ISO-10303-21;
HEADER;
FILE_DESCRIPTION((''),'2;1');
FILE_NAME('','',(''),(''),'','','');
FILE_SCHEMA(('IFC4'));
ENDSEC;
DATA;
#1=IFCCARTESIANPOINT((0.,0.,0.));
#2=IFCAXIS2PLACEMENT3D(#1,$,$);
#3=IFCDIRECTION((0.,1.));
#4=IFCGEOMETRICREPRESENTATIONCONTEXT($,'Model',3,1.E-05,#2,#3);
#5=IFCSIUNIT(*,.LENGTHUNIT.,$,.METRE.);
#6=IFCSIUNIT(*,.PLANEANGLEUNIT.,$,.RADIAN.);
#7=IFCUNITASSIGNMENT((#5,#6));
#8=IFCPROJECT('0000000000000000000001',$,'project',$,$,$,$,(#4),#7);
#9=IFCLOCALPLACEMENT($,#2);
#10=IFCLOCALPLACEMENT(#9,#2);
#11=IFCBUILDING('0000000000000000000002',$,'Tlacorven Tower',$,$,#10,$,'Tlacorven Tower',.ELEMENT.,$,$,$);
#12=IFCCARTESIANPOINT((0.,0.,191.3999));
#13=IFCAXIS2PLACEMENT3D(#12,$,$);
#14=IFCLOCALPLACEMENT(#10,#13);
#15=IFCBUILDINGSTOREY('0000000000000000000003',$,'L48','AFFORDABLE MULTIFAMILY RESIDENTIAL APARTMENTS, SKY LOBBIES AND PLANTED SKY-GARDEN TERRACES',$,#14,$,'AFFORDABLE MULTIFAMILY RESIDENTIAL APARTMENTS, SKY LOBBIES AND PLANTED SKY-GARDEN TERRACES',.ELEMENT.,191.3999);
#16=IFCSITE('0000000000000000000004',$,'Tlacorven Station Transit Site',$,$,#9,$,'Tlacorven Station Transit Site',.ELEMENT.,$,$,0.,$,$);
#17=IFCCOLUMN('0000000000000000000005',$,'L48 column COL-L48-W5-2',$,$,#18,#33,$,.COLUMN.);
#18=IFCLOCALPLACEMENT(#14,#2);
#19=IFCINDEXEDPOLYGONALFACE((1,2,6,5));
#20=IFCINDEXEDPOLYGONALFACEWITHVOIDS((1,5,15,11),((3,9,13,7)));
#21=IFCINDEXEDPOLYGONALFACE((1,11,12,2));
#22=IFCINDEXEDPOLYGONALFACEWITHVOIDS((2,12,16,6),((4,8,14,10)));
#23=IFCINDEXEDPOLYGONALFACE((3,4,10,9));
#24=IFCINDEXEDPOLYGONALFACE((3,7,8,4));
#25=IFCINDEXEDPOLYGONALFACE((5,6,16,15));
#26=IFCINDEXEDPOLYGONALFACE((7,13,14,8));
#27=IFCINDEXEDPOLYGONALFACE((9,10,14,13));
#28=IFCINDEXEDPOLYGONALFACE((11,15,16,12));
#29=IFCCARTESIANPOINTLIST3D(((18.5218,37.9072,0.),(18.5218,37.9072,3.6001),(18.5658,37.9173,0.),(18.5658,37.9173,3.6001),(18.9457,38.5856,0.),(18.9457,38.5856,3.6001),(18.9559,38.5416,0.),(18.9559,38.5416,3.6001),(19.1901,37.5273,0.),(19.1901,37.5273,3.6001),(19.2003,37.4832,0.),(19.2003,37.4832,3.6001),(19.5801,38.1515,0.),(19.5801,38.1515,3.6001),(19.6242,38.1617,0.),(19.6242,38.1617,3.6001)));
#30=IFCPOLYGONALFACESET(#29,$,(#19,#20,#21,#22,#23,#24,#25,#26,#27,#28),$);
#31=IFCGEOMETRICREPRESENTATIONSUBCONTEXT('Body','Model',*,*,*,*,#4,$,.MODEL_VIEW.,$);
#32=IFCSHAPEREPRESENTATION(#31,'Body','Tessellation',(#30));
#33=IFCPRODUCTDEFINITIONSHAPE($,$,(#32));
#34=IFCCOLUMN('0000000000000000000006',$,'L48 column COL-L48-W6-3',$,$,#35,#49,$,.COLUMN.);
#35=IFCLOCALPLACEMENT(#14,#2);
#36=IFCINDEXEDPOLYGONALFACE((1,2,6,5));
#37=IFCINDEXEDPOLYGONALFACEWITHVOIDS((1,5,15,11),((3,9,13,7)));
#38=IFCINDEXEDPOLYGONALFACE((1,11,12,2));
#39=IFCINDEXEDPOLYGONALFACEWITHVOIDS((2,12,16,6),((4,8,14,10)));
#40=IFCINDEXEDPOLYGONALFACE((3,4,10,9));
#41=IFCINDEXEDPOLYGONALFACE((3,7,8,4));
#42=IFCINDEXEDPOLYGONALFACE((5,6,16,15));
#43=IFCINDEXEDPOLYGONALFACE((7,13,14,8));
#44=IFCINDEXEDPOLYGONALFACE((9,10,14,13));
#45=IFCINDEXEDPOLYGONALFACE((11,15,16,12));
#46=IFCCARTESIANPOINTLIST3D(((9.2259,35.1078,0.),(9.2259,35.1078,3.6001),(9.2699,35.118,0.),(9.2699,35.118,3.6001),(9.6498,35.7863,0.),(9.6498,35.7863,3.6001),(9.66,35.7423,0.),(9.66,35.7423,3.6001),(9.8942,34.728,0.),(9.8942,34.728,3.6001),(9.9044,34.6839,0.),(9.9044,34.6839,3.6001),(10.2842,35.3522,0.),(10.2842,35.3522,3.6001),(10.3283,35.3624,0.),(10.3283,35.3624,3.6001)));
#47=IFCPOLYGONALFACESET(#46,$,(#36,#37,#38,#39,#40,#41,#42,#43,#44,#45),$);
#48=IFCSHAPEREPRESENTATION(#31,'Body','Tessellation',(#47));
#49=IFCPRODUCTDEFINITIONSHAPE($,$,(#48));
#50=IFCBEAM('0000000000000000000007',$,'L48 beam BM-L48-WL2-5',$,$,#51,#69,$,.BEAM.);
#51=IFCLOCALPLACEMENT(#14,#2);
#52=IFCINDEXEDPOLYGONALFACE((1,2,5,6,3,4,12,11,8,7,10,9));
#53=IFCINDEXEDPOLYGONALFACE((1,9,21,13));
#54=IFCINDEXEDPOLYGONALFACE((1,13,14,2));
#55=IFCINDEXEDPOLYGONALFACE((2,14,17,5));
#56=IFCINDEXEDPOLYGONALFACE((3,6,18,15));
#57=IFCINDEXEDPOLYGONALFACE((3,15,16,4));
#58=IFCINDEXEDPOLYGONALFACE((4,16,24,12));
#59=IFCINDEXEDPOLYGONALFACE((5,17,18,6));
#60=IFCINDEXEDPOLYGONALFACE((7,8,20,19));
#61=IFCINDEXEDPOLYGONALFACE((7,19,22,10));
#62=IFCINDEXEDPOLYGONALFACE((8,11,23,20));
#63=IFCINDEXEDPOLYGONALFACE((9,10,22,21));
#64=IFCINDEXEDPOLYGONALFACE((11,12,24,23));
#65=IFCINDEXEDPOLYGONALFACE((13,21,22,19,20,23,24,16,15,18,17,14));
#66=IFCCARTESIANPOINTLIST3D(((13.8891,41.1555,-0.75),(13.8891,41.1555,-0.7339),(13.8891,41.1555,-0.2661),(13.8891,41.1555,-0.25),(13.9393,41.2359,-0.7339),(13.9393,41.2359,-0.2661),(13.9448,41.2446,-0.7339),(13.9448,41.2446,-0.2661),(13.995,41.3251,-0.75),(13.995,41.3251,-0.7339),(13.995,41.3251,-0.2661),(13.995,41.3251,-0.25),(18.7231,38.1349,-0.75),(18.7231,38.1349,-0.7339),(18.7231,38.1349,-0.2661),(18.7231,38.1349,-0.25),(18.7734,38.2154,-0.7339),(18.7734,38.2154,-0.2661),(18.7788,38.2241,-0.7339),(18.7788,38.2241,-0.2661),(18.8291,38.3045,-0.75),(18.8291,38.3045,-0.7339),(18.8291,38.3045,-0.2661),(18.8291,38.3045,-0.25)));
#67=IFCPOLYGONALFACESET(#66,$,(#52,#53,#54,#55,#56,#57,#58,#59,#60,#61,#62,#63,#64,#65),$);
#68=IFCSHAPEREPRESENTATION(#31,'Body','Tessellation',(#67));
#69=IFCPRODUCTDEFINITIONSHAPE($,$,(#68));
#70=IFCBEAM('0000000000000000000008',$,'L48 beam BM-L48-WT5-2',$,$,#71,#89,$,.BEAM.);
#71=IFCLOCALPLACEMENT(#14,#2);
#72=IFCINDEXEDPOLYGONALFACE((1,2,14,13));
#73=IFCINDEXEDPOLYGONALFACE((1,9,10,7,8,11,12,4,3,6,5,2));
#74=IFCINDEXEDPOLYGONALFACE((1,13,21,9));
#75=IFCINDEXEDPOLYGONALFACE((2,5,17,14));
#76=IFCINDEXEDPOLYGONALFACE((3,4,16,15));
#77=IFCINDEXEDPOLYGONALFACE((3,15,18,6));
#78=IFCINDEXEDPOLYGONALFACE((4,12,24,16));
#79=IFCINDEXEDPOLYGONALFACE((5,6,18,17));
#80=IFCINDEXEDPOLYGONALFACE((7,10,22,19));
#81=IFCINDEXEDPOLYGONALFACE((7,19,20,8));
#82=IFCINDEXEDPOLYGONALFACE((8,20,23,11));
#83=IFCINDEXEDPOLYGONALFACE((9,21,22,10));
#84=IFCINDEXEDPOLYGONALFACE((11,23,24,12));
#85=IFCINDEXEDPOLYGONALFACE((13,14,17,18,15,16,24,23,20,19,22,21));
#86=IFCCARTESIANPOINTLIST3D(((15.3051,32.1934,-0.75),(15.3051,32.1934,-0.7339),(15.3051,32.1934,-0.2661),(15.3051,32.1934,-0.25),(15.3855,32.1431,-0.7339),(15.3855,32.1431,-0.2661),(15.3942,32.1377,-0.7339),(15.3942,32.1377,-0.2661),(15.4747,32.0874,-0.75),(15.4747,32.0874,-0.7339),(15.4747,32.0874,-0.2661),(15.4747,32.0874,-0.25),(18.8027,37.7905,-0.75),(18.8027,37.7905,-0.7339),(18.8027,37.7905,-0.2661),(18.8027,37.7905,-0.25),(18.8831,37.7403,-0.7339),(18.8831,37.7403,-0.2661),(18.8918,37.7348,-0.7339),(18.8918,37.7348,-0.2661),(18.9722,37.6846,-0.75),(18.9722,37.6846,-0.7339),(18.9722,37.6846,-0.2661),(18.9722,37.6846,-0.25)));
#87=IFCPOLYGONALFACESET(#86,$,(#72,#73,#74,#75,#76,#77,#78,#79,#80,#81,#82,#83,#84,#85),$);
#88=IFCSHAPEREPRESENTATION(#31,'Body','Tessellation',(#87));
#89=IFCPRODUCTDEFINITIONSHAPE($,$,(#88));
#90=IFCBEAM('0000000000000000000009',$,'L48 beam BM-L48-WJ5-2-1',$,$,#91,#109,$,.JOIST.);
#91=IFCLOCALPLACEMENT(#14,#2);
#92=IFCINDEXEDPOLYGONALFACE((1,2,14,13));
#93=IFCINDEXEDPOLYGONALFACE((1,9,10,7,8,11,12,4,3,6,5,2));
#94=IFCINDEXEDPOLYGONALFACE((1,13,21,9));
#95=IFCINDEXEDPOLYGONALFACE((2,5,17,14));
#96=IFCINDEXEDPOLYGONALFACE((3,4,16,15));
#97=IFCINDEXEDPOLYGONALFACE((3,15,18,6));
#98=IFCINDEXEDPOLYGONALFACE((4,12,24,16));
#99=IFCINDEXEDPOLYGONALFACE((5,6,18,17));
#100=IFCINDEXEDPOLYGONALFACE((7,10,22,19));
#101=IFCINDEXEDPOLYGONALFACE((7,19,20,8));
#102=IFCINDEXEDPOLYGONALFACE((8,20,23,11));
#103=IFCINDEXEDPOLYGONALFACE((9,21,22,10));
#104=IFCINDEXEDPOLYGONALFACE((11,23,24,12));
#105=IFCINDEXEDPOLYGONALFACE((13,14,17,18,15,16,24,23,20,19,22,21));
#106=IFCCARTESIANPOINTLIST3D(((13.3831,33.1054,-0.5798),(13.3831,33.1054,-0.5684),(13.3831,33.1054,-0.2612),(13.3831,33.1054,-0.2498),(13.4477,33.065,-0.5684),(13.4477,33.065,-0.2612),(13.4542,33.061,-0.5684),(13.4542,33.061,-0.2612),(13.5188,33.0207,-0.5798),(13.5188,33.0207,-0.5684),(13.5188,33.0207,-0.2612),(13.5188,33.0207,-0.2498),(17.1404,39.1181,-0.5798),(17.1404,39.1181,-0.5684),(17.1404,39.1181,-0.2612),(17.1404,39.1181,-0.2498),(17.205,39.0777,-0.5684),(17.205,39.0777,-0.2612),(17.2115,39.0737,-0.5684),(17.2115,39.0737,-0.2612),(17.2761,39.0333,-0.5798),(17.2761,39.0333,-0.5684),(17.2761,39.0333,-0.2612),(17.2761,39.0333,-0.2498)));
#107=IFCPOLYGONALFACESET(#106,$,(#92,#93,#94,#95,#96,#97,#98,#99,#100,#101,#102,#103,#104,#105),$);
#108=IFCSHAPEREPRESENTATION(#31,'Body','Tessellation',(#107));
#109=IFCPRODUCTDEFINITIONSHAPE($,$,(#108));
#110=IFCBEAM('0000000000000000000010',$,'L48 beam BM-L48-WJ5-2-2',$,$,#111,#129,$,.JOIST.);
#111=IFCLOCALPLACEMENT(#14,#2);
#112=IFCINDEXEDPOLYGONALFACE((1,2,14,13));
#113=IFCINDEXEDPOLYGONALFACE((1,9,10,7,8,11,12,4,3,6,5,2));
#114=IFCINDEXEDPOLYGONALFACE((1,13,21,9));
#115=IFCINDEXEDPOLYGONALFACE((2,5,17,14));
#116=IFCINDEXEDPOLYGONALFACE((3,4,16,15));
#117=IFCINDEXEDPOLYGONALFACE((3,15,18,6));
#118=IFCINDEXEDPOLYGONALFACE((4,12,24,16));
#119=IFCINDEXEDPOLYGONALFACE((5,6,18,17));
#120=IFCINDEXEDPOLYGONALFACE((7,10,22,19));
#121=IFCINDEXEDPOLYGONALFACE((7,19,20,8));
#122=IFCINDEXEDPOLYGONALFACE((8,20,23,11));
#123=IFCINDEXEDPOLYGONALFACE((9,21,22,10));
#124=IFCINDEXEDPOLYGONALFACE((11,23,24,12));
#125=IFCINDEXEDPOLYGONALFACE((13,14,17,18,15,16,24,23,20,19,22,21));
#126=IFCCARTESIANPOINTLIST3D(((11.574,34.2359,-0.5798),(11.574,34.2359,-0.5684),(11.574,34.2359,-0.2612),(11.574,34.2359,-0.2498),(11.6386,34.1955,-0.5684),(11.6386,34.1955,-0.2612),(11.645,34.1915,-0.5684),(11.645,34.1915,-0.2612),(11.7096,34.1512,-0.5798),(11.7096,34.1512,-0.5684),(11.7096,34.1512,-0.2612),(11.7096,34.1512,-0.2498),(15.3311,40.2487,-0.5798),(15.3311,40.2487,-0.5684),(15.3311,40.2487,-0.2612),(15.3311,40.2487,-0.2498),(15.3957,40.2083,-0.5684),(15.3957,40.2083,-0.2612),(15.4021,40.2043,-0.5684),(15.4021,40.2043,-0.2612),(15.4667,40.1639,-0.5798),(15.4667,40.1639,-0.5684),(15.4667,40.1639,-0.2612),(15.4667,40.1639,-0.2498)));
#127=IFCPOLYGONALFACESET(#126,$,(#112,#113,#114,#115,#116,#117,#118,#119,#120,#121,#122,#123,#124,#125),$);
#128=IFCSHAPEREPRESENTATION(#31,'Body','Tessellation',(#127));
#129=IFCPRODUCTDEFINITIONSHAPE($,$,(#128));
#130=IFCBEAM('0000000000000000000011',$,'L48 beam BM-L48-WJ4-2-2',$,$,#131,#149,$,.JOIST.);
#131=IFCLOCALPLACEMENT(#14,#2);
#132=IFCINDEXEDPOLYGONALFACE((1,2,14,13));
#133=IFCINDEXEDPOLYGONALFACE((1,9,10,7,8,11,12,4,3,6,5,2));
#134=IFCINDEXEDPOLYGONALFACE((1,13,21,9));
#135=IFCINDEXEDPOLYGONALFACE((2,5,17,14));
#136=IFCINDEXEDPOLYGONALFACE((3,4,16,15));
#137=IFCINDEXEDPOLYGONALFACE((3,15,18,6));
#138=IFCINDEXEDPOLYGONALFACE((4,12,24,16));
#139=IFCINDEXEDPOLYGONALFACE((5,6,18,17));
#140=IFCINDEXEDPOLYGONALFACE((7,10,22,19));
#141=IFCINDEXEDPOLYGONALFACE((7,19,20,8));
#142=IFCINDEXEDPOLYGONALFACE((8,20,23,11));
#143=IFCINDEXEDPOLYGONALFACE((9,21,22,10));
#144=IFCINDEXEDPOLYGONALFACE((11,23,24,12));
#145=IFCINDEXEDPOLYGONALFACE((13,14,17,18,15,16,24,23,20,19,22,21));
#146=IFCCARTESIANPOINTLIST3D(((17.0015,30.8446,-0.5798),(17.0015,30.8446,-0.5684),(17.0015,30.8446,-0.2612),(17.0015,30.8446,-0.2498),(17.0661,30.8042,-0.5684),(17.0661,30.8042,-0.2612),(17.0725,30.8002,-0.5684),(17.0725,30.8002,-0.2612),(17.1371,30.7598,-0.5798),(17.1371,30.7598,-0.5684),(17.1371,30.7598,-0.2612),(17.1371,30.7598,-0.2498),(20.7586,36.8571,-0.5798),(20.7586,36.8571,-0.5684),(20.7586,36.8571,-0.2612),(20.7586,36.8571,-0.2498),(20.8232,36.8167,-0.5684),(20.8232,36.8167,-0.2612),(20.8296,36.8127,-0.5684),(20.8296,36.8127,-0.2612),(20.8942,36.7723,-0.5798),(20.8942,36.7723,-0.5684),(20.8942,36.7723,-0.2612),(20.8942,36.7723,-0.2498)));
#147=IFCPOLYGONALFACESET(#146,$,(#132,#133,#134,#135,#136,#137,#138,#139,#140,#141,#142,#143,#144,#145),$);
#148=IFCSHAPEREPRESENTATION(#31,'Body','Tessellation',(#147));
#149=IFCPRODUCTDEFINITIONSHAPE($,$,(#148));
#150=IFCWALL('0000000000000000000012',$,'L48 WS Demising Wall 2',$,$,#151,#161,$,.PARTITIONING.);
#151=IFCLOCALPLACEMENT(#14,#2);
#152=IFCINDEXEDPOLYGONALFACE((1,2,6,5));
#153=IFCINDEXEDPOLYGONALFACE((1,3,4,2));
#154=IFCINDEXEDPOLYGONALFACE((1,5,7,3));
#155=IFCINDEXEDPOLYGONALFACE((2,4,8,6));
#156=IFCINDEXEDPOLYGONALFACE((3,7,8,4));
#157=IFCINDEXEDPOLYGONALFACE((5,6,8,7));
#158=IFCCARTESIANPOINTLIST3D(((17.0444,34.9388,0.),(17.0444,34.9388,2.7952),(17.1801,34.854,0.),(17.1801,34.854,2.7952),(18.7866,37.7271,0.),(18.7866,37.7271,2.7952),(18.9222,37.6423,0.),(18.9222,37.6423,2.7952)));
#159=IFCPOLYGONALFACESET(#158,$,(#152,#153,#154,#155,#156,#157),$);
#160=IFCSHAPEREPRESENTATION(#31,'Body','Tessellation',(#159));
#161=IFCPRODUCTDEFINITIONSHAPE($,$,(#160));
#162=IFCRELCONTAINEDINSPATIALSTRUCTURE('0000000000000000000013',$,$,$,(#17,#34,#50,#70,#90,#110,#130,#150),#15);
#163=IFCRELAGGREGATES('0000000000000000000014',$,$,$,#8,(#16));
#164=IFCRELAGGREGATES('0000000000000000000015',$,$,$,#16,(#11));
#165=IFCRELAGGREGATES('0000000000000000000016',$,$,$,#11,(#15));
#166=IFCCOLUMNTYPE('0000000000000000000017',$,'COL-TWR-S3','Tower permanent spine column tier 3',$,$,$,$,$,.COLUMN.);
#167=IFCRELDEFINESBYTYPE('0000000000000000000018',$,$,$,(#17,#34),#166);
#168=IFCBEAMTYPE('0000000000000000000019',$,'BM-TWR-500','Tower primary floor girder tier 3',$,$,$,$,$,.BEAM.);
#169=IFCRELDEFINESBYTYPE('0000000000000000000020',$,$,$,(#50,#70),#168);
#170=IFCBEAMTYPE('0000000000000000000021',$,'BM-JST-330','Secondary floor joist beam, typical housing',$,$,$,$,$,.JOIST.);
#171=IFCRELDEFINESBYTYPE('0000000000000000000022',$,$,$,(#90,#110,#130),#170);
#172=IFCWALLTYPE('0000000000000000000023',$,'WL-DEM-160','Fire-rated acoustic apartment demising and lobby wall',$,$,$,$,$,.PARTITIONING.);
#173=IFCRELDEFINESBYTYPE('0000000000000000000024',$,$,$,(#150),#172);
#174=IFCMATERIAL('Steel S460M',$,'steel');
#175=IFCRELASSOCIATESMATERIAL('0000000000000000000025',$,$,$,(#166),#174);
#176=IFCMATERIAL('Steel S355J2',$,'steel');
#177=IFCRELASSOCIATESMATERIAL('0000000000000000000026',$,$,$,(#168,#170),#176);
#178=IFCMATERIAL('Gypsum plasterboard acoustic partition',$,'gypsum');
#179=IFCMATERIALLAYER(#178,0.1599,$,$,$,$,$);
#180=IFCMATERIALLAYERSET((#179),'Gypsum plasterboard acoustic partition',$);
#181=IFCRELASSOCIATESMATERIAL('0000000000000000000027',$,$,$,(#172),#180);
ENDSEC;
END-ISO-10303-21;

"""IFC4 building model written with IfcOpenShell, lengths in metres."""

from ifc_helpers import new_model, si_unit, direction, frame, frame_2d, origin, origin_2d, place, context, subcontext, project, spatial, rectangle, hollow_rectangle, i_section, extrude, source, transform, mapped, material, layer, layer_set, material_profile, profile_set, type_object, element, save


model = new_model("IFC4")

# Units and contexts
model_context = context("Model", 3, precision=1e-05, world=origin(), true_north=direction((0.0, 1.0)))
body_context = subcontext(model_context, "Body", "Model", "MODEL_VIEW")
ifc_project = project(units=[si_unit("LENGTHUNIT", "METRE"), si_unit("PLANEANGLEUNIT", "RADIAN")], contexts=[model_context])

# Site, building, storey
site_placement = place(None, origin())
site = spatial("IfcSite", under=ifc_project, at=site_placement, Name="Tlacorven Station Transit Site", LongName="Tlacorven Station Transit Site", CompositionType="ELEMENT", RefElevation=0.0)
building_placement = place(site_placement, origin())
building = spatial("IfcBuilding", under=site, at=building_placement, Name="Tlacorven Tower", LongName="Tlacorven Tower", CompositionType="ELEMENT")
storey_placement = place(building_placement, frame((0.0, 0.0, 191.3999)))
storey = spatial("IfcBuildingStorey", under=building, at=storey_placement, Name="L48", Description="AFFORDABLE MULTIFAMILY RESIDENTIAL APARTMENTS, SKY LOBBIES AND PLANTED SKY-GARDEN TERRACES", LongName="AFFORDABLE MULTIFAMILY RESIDENTIAL APARTMENTS, SKY LOBBIES AND PLANTED SKY-GARDEN TERRACES", CompositionType="ELEMENT", Elevation=191.3999)

# Columns
ifc_material_1 = material(Name="Steel S460M", Category="steel")
ifc_material_profile_1 = material_profile(ifc_material_1, hollow_rectangle(XDim=0.8, YDim=0.8, WallThickness=0.032, at=origin_2d()), Name="BOX 800X800X32")
ifc_profile_set_1 = profile_set([ifc_material_profile_1], Name="Steel S460M")
column_type = type_object("IfcColumnType", Name="COL-TWR-S3", Description="Tower permanent spine column tier 3", PredefinedType="COLUMN", material=ifc_profile_set_1)
shared_shape_1 = source(origin(), body_context, "Body", "SweptSolid", [
    extrude(hollow_rectangle(XDim=0.8, YDim=0.8, WallThickness=0.032, at=origin_2d()), origin(), (0.0, 0.0, 1.0), 3.6001),
])
for number, where, z_axis, x_axis, name in (
    (1, (19.073, 38.0344, 0.0), (0.0, 0.0, 1.0), (-0.848048, 0.529919, 0.0), "L48 column COL-L48-W5-2"),
    (2, (9.7771, 35.2351, 0.0), (0.0, 0.0, 1.0), (-0.848048, 0.529919, 0.0), "L48 column COL-L48-W6-3"),
):
    element("IfcColumn", number, at=place(storey_placement, frame(where, z_axis=z_axis, x_axis=x_axis)), inside=storey, type_object=column_type, Name=name, PredefinedType="COLUMN", context=body_context, shape_type="MappedRepresentation", body=[
        mapped(shared_shape_1, transform((0.0, 0.0, 0.0), scale=1.0)),
    ])

# Beams
ifc_material_2 = material(Name="Steel S355J2", Category="steel")
ifc_material_profile_2 = material_profile(ifc_material_2, i_section(OverallWidth=0.2, OverallDepth=0.5, WebThickness=0.0103, FlangeThickness=0.0161, at=origin_2d()), Name="IPE 500")
ifc_profile_set_2 = profile_set([ifc_material_profile_2], Name="Steel S355J2")
beam_type_1 = type_object("IfcBeamType", Name="BM-TWR-500", Description="Tower primary floor girder tier 3", PredefinedType="BEAM", material=ifc_profile_set_2)
shared_shape_2 = source(origin(), body_context, "Body", "SweptSolid", [
    extrude(i_section(OverallWidth=0.2, OverallDepth=0.5, WebThickness=0.0103, FlangeThickness=0.0161, at=origin_2d()), origin(), (0.0, 0.0, 1.0), 5.7002),
])
beam_1_placement = place(storey_placement, frame((18.7761, 38.2197, -0.5), z_axis=(-0.848056, 0.529907, 0.0), x_axis=(-0.529907, -0.848056, 0.0)))
element("IfcBeam", 3, at=beam_1_placement, inside=storey, type_object=beam_type_1, Name="L48 beam BM-L48-WL2-5", PredefinedType="BEAM", context=body_context, shape_type="MappedRepresentation", body=[
    mapped(shared_shape_2, transform((0.0, 0.0, 0.0), scale=1.0)),
])
shared_shape_3 = source(origin(), body_context, "Body", "SweptSolid", [
    extrude(i_section(OverallWidth=0.2, OverallDepth=0.5, WebThickness=0.0103, FlangeThickness=0.0161, at=origin_2d()), origin(), (0.0, 0.0, 1.0), 6.6001),
])
beam_2_placement = place(storey_placement, frame((18.8875, 37.7375, -0.5), z_axis=(-0.529926, -0.848044, 0.0), x_axis=(0.848044, -0.529926, 0.0)))
element("IfcBeam", 4, at=beam_2_placement, inside=storey, type_object=beam_type_1, Name="L48 beam BM-L48-WT5-2", PredefinedType="BEAM", context=body_context, shape_type="MappedRepresentation", body=[
    mapped(shared_shape_3, transform((0.0, 0.0, 0.0), scale=1.0)),
])
ifc_material_profile_3 = material_profile(ifc_material_2, i_section(OverallWidth=0.1599, OverallDepth=0.3301, WebThickness=0.0076, FlangeThickness=0.0115, at=origin_2d()), Name="IPE 330")
ifc_profile_set_3 = profile_set([ifc_material_profile_3], Name="Steel S355J2")
beam_type_2 = type_object("IfcBeamType", Name="BM-JST-330", Description="Secondary floor joist beam, typical housing", PredefinedType="JOIST", material=ifc_profile_set_3)
shared_shape_4 = source(origin(), body_context, "Body", "SweptSolid", [
    extrude(i_section(OverallWidth=0.1599, OverallDepth=0.3301, WebThickness=0.0076, FlangeThickness=0.0115, at=origin_2d()), origin(), (0.0, 0.0, 1.0), 7.0901),
])
for number, where, z_axis, x_axis, name in (
    (5, (17.2083, 39.0757, -0.4148), (-0.529937, -0.848037, 0.0), (0.848037, -0.529937, 0.0), "L48 beam BM-L48-WJ5-2-1"),
    (6, (15.3989, 40.2063, -0.4148), (-0.529912, -0.848052, 0.0), (0.848052, -0.529912, 0.0), "L48 beam BM-L48-WJ5-2-2"),
):
    element("IfcBeam", number, at=place(storey_placement, frame(where, z_axis=z_axis, x_axis=x_axis)), inside=storey, type_object=beam_type_2, Name=name, PredefinedType="JOIST", context=body_context, shape_type="MappedRepresentation", body=[
        mapped(shared_shape_4, transform((0.0, 0.0, 0.0), scale=1.0)),
    ])
shared_shape_5 = source(origin(), body_context, "Body", "SweptSolid", [
    extrude(i_section(OverallWidth=0.1599, OverallDepth=0.3301, WebThickness=0.0076, FlangeThickness=0.0115, at=origin_2d()), origin(), (0.0, 0.0, 1.0), 7.0898),
])
beam_3_placement = place(storey_placement, frame((20.8264, 36.8147, -0.4148), z_axis=(-0.529928, -0.848043, 0.0), x_axis=(0.848043, -0.529928, 0.0)))
element("IfcBeam", 7, at=beam_3_placement, inside=storey, type_object=beam_type_2, Name="L48 beam BM-L48-WJ4-2-2", PredefinedType="JOIST", context=body_context, shape_type="MappedRepresentation", body=[
    mapped(shared_shape_5, transform((0.0, 0.0, 0.0), scale=1.0)),
])

# Wall
ifc_material_3 = material(Name="Gypsum plasterboard acoustic partition", Category="gypsum")
ifc_layer_1 = layer(ifc_material_3, 0.1599)
ifc_layer_set_1 = layer_set([ifc_layer_1], Name="Gypsum plasterboard acoustic partition")
wall_type_1 = type_object("IfcWallType", Name="WL-DEM-160", Description="Fire-rated acoustic apartment demising and lobby wall", PredefinedType="PARTITIONING", material=ifc_layer_set_1)
wall_1_placement = place(storey_placement, frame((18.8545, 37.6848, 0.0), z_axis=(0.0, 0.0, 1.0), x_axis=(-0.529885, -0.848069, 0.0)))
element("IfcWall", 8, at=wall_1_placement, inside=storey, type_object=wall_type_1, Name="L48 WS Demising Wall 2", PredefinedType="PARTITIONING", context=body_context, shape_type="SweptSolid", body=[
    extrude(rectangle(XDim=3.2878, YDim=0.1599, at=frame_2d((1.644, 0.0))), origin(), (0.0, 0.0, 1.0), 2.7952),
])

save(model, "model.ifc")
